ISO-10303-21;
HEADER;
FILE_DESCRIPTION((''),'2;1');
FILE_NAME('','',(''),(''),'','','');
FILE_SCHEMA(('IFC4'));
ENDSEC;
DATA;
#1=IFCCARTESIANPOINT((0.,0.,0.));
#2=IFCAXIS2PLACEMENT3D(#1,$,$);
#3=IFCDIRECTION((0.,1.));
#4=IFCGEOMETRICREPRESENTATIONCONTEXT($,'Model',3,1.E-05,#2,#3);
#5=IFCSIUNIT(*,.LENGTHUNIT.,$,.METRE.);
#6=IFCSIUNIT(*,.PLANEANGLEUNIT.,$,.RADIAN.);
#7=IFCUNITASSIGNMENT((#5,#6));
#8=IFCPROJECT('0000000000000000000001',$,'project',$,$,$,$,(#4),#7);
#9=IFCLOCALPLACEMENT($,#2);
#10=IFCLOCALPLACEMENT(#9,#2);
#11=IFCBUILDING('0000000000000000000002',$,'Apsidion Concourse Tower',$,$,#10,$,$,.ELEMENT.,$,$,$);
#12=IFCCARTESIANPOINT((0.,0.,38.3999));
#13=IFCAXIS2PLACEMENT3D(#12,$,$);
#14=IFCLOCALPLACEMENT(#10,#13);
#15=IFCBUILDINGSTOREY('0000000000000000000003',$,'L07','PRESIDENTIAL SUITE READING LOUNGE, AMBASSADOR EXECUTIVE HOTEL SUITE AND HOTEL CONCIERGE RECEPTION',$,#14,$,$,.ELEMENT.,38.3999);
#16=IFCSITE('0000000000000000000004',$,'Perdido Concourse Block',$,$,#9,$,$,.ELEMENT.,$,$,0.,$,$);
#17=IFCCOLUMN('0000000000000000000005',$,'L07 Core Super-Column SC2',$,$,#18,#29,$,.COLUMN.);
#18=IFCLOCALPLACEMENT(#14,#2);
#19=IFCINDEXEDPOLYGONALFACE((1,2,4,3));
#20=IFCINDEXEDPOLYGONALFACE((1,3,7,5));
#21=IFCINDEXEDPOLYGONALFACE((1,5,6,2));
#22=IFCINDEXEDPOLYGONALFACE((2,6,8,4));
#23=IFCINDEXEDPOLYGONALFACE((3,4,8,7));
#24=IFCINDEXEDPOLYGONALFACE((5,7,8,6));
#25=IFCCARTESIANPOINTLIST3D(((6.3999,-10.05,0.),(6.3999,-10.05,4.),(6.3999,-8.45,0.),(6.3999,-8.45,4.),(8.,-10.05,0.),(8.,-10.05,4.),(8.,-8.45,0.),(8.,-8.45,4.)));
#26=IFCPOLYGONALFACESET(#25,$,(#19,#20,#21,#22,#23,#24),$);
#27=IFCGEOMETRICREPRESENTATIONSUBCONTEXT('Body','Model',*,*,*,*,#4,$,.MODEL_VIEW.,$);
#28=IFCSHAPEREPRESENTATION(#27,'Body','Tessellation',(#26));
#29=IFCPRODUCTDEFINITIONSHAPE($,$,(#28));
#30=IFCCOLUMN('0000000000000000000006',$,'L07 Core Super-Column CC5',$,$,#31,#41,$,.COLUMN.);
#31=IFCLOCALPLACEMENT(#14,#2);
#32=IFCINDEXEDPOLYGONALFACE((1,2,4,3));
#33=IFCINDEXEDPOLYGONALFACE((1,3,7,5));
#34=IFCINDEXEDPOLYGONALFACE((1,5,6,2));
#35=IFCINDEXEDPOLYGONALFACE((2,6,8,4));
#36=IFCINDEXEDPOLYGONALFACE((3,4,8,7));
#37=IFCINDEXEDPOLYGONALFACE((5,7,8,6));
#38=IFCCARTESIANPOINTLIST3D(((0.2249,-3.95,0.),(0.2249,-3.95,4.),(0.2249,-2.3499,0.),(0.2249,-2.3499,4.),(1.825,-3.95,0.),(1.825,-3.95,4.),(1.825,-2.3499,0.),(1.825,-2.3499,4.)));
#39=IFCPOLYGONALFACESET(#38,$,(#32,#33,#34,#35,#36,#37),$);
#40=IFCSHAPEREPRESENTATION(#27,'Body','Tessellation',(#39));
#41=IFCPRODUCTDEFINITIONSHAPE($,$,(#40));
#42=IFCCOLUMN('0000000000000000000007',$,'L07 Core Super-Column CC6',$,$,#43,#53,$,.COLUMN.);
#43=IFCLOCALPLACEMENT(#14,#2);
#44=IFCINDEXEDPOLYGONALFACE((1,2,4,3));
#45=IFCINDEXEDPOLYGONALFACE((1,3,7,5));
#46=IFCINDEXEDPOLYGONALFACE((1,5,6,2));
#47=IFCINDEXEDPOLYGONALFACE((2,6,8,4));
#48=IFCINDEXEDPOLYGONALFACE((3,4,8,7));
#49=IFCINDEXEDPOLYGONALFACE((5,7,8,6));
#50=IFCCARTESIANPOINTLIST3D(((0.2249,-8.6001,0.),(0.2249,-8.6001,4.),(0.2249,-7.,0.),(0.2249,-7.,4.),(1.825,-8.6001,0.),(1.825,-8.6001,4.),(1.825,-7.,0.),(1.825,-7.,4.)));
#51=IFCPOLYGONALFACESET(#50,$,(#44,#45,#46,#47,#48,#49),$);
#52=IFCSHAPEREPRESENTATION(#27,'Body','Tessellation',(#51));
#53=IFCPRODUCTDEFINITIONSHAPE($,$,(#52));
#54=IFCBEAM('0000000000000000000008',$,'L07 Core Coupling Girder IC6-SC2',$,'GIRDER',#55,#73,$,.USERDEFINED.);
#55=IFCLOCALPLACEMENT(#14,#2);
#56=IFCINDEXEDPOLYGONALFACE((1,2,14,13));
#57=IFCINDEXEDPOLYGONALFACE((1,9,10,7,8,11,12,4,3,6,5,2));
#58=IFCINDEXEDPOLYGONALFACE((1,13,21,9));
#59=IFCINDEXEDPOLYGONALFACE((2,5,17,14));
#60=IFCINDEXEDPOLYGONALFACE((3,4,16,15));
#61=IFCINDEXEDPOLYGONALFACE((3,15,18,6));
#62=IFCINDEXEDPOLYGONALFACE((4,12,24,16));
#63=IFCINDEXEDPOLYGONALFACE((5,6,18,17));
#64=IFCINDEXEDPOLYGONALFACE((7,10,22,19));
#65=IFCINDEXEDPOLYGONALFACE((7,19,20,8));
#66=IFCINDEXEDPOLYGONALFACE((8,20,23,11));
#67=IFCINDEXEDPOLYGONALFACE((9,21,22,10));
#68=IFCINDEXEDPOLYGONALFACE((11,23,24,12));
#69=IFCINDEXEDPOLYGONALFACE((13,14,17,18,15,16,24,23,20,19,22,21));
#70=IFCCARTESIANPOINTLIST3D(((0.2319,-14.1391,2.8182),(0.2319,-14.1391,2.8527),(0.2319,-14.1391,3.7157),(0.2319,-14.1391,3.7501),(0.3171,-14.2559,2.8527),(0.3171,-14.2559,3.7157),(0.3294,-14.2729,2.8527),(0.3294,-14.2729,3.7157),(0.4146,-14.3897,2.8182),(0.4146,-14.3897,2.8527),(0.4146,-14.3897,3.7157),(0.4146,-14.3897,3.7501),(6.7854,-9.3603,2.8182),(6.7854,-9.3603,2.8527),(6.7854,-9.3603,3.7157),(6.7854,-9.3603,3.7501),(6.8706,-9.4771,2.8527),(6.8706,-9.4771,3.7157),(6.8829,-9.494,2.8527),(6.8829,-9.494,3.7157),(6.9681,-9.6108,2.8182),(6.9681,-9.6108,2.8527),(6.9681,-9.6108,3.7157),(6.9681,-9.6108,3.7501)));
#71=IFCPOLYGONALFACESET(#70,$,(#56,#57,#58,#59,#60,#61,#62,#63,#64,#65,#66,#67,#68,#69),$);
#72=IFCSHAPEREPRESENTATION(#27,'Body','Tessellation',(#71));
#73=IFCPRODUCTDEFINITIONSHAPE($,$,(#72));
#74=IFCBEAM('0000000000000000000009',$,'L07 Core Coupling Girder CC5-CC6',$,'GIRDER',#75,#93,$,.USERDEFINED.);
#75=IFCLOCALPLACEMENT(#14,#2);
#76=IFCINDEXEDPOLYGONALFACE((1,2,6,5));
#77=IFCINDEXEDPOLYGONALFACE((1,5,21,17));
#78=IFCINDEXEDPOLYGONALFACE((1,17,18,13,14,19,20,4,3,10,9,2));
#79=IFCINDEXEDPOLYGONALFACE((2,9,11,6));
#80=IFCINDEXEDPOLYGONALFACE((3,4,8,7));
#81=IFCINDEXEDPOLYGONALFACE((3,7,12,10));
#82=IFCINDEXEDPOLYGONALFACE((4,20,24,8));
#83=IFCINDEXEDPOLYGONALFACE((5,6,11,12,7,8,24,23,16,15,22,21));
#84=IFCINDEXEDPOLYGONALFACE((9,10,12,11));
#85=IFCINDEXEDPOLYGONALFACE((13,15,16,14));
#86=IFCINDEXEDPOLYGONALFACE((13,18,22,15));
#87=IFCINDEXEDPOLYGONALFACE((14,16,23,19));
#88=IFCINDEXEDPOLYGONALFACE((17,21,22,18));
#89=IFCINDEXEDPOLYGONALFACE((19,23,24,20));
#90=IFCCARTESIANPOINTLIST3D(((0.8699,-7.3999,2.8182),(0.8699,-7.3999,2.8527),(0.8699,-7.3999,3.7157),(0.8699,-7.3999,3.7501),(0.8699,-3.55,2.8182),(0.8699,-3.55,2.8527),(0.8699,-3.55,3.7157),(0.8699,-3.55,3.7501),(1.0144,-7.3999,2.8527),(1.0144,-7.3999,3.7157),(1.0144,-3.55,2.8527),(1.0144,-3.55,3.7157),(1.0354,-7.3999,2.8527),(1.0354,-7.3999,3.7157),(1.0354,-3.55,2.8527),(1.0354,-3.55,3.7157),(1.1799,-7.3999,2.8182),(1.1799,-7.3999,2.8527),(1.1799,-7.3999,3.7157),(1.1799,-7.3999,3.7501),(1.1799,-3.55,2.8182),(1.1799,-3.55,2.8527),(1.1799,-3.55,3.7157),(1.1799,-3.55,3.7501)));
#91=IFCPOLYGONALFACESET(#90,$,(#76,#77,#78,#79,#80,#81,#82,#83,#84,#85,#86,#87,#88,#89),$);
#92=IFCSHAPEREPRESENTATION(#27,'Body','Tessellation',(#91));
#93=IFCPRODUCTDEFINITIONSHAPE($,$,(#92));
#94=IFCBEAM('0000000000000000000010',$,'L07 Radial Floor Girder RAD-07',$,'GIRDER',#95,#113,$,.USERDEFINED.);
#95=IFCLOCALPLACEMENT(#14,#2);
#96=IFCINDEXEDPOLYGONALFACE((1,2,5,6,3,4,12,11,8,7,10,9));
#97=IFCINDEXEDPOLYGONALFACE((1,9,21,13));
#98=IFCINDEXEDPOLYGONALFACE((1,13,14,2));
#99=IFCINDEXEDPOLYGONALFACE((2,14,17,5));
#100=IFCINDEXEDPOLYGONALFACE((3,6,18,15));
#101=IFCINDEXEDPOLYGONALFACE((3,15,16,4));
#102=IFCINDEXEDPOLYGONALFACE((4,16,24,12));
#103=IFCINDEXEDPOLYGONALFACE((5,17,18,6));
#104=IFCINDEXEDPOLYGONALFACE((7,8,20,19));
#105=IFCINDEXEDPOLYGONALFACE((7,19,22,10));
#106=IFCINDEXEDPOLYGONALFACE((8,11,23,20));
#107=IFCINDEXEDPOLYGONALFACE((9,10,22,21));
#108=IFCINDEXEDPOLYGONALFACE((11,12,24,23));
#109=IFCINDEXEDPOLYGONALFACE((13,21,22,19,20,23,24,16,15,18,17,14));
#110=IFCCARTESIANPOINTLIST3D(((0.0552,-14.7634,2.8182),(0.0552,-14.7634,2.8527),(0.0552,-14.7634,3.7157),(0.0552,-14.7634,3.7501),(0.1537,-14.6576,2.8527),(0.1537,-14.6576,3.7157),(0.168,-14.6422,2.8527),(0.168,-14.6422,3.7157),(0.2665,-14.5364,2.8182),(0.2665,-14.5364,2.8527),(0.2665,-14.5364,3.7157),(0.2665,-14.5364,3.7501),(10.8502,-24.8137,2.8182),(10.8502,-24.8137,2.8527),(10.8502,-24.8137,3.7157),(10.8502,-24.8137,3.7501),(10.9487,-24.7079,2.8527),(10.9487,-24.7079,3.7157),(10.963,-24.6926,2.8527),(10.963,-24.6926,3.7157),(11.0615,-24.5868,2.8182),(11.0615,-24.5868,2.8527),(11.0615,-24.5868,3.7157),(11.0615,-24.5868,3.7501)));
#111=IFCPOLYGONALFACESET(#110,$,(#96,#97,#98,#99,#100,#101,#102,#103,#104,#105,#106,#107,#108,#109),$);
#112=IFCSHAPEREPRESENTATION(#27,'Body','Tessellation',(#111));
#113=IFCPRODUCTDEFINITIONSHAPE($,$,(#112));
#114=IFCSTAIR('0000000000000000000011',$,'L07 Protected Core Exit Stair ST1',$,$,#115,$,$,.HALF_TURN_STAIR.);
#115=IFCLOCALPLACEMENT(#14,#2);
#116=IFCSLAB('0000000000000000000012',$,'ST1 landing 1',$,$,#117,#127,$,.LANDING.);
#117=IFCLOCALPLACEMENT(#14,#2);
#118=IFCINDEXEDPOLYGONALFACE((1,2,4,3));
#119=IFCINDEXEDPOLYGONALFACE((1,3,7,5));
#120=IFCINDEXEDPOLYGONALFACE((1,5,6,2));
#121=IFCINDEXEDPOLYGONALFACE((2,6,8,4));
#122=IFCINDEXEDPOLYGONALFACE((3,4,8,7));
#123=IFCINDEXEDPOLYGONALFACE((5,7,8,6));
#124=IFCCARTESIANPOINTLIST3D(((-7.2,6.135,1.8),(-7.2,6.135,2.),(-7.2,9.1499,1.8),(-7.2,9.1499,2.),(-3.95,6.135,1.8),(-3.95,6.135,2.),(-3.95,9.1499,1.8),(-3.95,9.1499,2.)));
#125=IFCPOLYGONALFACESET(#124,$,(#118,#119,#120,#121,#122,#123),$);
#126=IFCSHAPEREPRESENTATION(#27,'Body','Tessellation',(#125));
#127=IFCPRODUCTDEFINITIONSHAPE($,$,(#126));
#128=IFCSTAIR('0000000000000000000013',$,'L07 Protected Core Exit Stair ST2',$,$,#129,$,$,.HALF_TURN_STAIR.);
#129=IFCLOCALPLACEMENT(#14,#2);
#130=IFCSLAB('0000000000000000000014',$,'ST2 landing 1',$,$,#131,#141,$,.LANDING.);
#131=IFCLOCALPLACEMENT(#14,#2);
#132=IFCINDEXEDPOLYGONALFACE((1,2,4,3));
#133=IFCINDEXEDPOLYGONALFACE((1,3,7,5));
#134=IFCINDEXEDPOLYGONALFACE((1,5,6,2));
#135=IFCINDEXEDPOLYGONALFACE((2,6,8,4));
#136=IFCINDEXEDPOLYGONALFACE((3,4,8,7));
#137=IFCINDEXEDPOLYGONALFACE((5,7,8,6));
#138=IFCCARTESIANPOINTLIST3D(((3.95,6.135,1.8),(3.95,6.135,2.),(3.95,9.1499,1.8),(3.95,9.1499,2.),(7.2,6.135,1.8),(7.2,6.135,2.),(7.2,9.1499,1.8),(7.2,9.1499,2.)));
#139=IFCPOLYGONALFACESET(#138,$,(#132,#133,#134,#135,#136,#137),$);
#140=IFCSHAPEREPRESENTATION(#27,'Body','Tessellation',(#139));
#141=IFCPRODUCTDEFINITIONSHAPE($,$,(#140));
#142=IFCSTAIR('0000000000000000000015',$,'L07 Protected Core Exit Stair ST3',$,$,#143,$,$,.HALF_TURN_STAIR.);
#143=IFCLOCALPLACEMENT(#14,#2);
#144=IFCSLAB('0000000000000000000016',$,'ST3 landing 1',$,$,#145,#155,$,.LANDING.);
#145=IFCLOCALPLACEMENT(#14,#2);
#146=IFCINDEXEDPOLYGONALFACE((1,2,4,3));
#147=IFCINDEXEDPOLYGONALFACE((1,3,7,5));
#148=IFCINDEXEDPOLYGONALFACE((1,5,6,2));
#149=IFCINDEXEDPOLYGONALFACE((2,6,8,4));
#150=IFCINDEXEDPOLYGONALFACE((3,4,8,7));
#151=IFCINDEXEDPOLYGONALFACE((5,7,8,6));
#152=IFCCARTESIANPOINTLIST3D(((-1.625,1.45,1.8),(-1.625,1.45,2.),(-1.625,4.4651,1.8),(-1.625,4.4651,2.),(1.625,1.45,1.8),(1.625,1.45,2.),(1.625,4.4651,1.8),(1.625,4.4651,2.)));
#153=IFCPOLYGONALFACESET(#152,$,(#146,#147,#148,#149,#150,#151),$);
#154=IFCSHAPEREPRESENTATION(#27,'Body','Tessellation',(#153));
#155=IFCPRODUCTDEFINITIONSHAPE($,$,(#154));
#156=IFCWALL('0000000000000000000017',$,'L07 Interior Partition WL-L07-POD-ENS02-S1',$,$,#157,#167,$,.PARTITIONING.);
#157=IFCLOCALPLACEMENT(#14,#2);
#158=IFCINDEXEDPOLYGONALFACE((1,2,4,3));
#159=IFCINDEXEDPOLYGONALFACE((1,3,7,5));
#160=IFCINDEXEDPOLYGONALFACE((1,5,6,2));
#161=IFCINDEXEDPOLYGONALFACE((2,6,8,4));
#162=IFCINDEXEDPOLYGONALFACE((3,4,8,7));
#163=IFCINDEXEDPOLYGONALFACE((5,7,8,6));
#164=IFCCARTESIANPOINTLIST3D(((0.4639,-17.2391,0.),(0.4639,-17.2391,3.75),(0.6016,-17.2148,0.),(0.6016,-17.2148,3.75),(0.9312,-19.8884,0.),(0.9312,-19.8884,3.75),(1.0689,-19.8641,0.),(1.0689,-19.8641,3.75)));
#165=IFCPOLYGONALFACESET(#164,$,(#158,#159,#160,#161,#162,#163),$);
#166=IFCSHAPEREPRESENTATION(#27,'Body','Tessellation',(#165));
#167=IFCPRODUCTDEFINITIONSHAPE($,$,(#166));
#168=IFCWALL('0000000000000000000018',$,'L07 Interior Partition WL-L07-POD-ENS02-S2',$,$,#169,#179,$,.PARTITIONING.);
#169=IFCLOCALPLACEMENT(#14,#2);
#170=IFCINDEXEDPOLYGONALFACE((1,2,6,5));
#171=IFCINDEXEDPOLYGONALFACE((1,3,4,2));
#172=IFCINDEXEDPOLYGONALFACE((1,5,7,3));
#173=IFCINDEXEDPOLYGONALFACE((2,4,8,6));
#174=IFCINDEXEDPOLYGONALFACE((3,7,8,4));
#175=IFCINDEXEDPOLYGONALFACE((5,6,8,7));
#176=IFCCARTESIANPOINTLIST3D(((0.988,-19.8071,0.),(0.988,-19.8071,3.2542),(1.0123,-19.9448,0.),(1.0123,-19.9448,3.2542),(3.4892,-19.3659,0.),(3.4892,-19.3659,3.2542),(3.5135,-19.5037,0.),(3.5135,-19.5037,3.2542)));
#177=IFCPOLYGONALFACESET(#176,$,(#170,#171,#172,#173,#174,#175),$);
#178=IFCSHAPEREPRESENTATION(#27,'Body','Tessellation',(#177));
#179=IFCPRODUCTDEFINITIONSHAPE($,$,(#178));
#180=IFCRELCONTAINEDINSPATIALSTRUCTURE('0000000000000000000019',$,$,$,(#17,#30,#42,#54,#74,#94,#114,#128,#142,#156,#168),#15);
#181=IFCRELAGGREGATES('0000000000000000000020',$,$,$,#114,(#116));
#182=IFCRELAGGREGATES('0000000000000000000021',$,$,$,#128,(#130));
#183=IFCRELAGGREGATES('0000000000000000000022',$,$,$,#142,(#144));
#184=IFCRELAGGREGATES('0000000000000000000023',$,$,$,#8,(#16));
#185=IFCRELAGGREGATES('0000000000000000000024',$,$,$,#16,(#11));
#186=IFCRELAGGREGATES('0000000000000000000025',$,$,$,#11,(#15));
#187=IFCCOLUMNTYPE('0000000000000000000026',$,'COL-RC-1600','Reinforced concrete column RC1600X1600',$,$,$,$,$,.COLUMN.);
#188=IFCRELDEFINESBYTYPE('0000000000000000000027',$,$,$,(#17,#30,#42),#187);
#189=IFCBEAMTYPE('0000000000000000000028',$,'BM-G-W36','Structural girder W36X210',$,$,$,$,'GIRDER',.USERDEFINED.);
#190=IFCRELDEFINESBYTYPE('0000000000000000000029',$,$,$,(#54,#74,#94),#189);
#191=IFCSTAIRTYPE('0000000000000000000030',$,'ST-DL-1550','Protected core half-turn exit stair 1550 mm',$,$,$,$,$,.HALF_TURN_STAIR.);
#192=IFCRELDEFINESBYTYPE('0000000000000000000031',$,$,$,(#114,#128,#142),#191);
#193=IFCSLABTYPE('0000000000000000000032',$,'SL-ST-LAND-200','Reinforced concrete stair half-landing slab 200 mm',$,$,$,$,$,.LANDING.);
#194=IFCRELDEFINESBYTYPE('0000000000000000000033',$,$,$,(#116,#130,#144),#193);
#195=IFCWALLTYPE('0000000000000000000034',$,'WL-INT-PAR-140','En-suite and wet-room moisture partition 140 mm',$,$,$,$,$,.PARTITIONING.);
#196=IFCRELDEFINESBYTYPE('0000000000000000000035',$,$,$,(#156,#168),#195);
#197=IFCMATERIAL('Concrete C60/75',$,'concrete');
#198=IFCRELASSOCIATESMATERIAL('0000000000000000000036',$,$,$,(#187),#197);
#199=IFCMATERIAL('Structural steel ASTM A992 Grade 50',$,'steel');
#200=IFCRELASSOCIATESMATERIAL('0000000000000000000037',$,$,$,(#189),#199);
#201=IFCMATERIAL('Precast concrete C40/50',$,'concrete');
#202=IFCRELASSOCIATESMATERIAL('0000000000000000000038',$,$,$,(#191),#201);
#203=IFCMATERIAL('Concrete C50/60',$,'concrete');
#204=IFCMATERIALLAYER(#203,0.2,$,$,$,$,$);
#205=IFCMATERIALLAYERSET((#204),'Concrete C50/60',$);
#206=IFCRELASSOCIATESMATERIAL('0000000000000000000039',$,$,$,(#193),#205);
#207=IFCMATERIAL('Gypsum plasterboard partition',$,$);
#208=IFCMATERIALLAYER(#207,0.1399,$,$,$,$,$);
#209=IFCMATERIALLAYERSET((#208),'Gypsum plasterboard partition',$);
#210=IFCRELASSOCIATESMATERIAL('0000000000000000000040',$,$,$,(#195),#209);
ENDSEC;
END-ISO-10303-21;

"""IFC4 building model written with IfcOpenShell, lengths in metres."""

from ifc_helpers import new_model, si_unit, direction, frame, frame_2d, origin, origin_2d, place, context, subcontext, project, spatial, polyline, rectangle, i_section, outline, extrude, material, layer, layer_set, material_profile, profile_set, type_object, element, aggregate, save


model = new_model("IFC4")

# Units and contexts
model_context = context("Model", 3, precision=1e-05, world=origin(), true_north=direction((0.0, 1.0)))
body_context = subcontext(model_context, "Body", "Model", "MODEL_VIEW")
ifc_project = project(units=[si_unit("LENGTHUNIT", "METRE"), si_unit("PLANEANGLEUNIT", "RADIAN")], contexts=[model_context])

# Site, building, storey
site_placement = place(None, origin())
site = spatial("IfcSite", under=ifc_project, at=site_placement, Name="Perdido Concourse Block", CompositionType="ELEMENT", RefElevation=0.0)
building_placement = place(site_placement, origin())
building = spatial("IfcBuilding", under=site, at=building_placement, Name="Apsidion Concourse Tower", CompositionType="ELEMENT")
storey_placement = place(building_placement, frame((0.0, 0.0, 38.3999)))
storey = spatial("IfcBuildingStorey", under=building, at=storey_placement, Name="L07", Description="PRESIDENTIAL SUITE READING LOUNGE, AMBASSADOR EXECUTIVE HOTEL SUITE AND HOTEL CONCIERGE RECEPTION", CompositionType="ELEMENT", Elevation=38.3999)

# Columns
ifc_material_1 = material(Name="Concrete C60/75", Category="concrete")
ifc_material_profile_1 = material_profile(ifc_material_1, rectangle(XDim=1.6001, YDim=1.6001, at=origin_2d()), Name="RC 1600x1600")
ifc_profile_set_1 = profile_set([ifc_material_profile_1], Name="Concrete C60/75")
column_type = type_object("IfcColumnType", Name="COL-RC-1600", Description="Reinforced concrete column RC1600X1600", PredefinedType="COLUMN", material=ifc_profile_set_1)
for number, where, z_axis, x_axis, name in (
    (1, (7.2, -9.25, 0.0), (0.0, 0.0, 1.0), (1.0, 0.0, 0.0), "L07 Core Super-Column SC2"),
    (2, (1.0249, -3.1499, 0.0), (0.0, 0.0, 1.0), (1.0, 0.0, 0.0), "L07 Core Super-Column CC5"),
    (3, (1.0249, -7.8, 0.0), (0.0, 0.0, 1.0), (1.0, 0.0, 0.0), "L07 Core Super-Column CC6"),
):
    element("IfcColumn", number, at=place(storey_placement, frame(where, z_axis=z_axis, x_axis=x_axis)), inside=storey, type_object=column_type, Name=name, PredefinedType="COLUMN", context=body_context, shape_type="SweptSolid", body=[
        extrude(rectangle(XDim=1.6001, YDim=1.6001, at=origin_2d()), origin(), (0.0, 0.0, 1.0), 4.0),
    ])

# Beams
ifc_material_2 = material(Name="Structural steel ASTM A992 Grade 50", Category="steel")
ifc_material_profile_2 = material_profile(ifc_material_2, i_section(OverallWidth=0.3101, OverallDepth=0.9319, WebThickness=0.021, FlangeThickness=0.0344, at=origin_2d()), Name="W36X210")
ifc_profile_set_2 = profile_set([ifc_material_profile_2], Name="Structural steel ASTM A992 Grade 50")
beam_type = type_object("IfcBeamType", Name="BM-G-W36", Description="Structural girder W36X210", ElementType="GIRDER", PredefinedType="USERDEFINED", material=ifc_profile_set_2)
beam_1_placement = place(storey_placement, frame((0.3232, -14.2644, 3.2842), z_axis=(0.807993, 0.589191, 0.0), x_axis=(-0.589191, 0.807993, 0.0)))
element("IfcBeam", 4, at=beam_1_placement, inside=storey, type_object=beam_type, Name="L07 Core Coupling Girder IC6-SC2", ObjectType="GIRDER", PredefinedType="USERDEFINED", context=body_context, shape_type="SweptSolid", body=[
    extrude(i_section(OverallWidth=0.3101, OverallDepth=0.9319, WebThickness=0.021, FlangeThickness=0.0344, at=origin_2d()), origin(), (0.0, 0.0, 1.0), 8.1108),
])
beam_2_placement = place(storey_placement, frame((1.0249, -3.55, 3.2842), z_axis=(0.0, -1.0, 0.0), x_axis=(1.0, 0.0, 0.0)))
element("IfcBeam", 5, at=beam_2_placement, inside=storey, type_object=beam_type, Name="L07 Core Coupling Girder CC5-CC6", ObjectType="GIRDER", PredefinedType="USERDEFINED", context=body_context, shape_type="SweptSolid", body=[
    extrude(i_section(OverallWidth=0.3101, OverallDepth=0.9319, WebThickness=0.021, FlangeThickness=0.0344, at=origin_2d()), origin(), (0.0, 0.0, 1.0), 3.8499),
])
beam_3_placement = place(storey_placement, frame((0.1609, -14.6499, 3.2842), z_axis=(0.731899, -0.681413, 0.0), x_axis=(0.681413, 0.731899, 0.0)))
element("IfcBeam", 6, at=beam_3_placement, inside=storey, type_object=beam_type, Name="L07 Radial Floor Girder RAD-07", ObjectType="GIRDER", PredefinedType="USERDEFINED", context=body_context, shape_type="SweptSolid", body=[
    extrude(i_section(OverallWidth=0.3101, OverallDepth=0.9319, WebThickness=0.021, FlangeThickness=0.0344, at=origin_2d()), origin(), (0.0, 0.0, 1.0), 14.7493),
])

# Stairs, slabs
ifc_material_3 = material(Name="Precast concrete C40/50", Category="concrete")
stair_type = type_object("IfcStairType", Name="ST-DL-1550", Description="Protected core half-turn exit stair 1550 mm", PredefinedType="HALF_TURN_STAIR", material=ifc_material_3)
stair_1_placement = place(storey_placement, origin())
stair_1 = element("IfcStair", 7, at=stair_1_placement, inside=storey, type_object=stair_type, Name="L07 Protected Core Exit Stair ST1", PredefinedType="HALF_TURN_STAIR")
ifc_material_4 = material(Name="Concrete C50/60", Category="concrete")
ifc_layer_1 = layer(ifc_material_4, 0.2)
ifc_layer_set_1 = layer_set([ifc_layer_1], Name="Concrete C50/60")
slab_type = type_object("IfcSlabType", Name="SL-ST-LAND-200", Description="Reinforced concrete stair half-landing slab 200 mm", PredefinedType="LANDING", material=ifc_layer_set_1)
slab_1_placement = place(storey_placement, frame((0.0, 0.0, 1.8)))
slab_1 = element("IfcSlab", 8, at=slab_1_placement, type_object=slab_type, Name="ST1 landing 1", PredefinedType="LANDING", context=body_context, shape_type="SweptSolid", body=[
    extrude(outline(polyline([(-3.95, 6.135), (-3.95, 9.1499), (-7.2, 9.1499), (-7.2, 6.135), (-3.95, 6.135)])), origin(), (0.0, 0.0, 1.0), 0.2),
])
aggregate(stair_1, [slab_1])
stair_2_placement = place(storey_placement, origin())
stair_2 = element("IfcStair", 9, at=stair_2_placement, inside=storey, type_object=stair_type, Name="L07 Protected Core Exit Stair ST2", PredefinedType="HALF_TURN_STAIR")
slab_2_placement = place(storey_placement, frame((0.0, 0.0, 1.8)))
slab_2 = element("IfcSlab", 10, at=slab_2_placement, type_object=slab_type, Name="ST2 landing 1", PredefinedType="LANDING", context=body_context, shape_type="SweptSolid", body=[
    extrude(outline(polyline([(7.2, 6.135), (7.2, 9.1499), (3.95, 9.1499), (3.95, 6.135), (7.2, 6.135)])), origin(), (0.0, 0.0, 1.0), 0.2),
])
aggregate(stair_2, [slab_2])
stair_3_placement = place(storey_placement, origin())
stair_3 = element("IfcStair", 11, at=stair_3_placement, inside=storey, type_object=stair_type, Name="L07 Protected Core Exit Stair ST3", PredefinedType="HALF_TURN_STAIR")
slab_3_placement = place(storey_placement, frame((0.0, 0.0, 1.8)))
slab_3 = element("IfcSlab", 12, at=slab_3_placement, type_object=slab_type, Name="ST3 landing 1", PredefinedType="LANDING", context=body_context, shape_type="SweptSolid", body=[
    extrude(outline(polyline([(-1.625, 4.4651), (-1.625, 1.45), (1.625, 1.45), (1.625, 4.4651), (-1.625, 4.4651)])), origin(), (0.0, 0.0, 1.0), 0.2),
])
aggregate(stair_3, [slab_3])

# Walls
ifc_material_5 = material(Name="Gypsum plasterboard partition")
ifc_layer_2 = layer(ifc_material_5, 0.1399)
ifc_layer_set_2 = layer_set([ifc_layer_2], Name="Gypsum plasterboard partition")
wall_type_1 = type_object("IfcWallType", Name="WL-INT-PAR-140", Description="En-suite and wet-room moisture partition 140 mm", PredefinedType="PARTITIONING", material=ifc_layer_set_2)
wall_1_placement = place(storey_placement, frame((0.5327, -17.2268, 0.0), z_axis=(0.0, 0.0, 1.0), x_axis=(0.173708, -0.984797, 0.0)))
element("IfcWall", 13, at=wall_1_placement, inside=storey, type_object=wall_type_1, Name="L07 Interior Partition WL-L07-POD-ENS02-S1", PredefinedType="PARTITIONING", context=body_context, shape_type="SweptSolid", body=[
    extrude(rectangle(XDim=2.6902, YDim=0.1399, at=frame_2d((1.3452, 0.0))), origin(), (0.0, 0.0, 1.0), 3.75),
])
wall_2_placement = place(storey_placement, frame((1.0, -19.876, 0.0), z_axis=(0.0, 0.0, 1.0), x_axis=(0.984799, 0.173698, 0.0)))
element("IfcWall", 14, at=wall_2_placement, inside=storey, type_object=wall_type_1, Name="L07 Interior Partition WL-L07-POD-ENS02-S2", PredefinedType="PARTITIONING", context=body_context, shape_type="SweptSolid", body=[
    extrude(rectangle(XDim=2.5398, YDim=0.1399, at=frame_2d((1.27, 0.0))), origin(), (0.0, 0.0, 1.0), 3.2542),
])

save(model, "model.ifc")
